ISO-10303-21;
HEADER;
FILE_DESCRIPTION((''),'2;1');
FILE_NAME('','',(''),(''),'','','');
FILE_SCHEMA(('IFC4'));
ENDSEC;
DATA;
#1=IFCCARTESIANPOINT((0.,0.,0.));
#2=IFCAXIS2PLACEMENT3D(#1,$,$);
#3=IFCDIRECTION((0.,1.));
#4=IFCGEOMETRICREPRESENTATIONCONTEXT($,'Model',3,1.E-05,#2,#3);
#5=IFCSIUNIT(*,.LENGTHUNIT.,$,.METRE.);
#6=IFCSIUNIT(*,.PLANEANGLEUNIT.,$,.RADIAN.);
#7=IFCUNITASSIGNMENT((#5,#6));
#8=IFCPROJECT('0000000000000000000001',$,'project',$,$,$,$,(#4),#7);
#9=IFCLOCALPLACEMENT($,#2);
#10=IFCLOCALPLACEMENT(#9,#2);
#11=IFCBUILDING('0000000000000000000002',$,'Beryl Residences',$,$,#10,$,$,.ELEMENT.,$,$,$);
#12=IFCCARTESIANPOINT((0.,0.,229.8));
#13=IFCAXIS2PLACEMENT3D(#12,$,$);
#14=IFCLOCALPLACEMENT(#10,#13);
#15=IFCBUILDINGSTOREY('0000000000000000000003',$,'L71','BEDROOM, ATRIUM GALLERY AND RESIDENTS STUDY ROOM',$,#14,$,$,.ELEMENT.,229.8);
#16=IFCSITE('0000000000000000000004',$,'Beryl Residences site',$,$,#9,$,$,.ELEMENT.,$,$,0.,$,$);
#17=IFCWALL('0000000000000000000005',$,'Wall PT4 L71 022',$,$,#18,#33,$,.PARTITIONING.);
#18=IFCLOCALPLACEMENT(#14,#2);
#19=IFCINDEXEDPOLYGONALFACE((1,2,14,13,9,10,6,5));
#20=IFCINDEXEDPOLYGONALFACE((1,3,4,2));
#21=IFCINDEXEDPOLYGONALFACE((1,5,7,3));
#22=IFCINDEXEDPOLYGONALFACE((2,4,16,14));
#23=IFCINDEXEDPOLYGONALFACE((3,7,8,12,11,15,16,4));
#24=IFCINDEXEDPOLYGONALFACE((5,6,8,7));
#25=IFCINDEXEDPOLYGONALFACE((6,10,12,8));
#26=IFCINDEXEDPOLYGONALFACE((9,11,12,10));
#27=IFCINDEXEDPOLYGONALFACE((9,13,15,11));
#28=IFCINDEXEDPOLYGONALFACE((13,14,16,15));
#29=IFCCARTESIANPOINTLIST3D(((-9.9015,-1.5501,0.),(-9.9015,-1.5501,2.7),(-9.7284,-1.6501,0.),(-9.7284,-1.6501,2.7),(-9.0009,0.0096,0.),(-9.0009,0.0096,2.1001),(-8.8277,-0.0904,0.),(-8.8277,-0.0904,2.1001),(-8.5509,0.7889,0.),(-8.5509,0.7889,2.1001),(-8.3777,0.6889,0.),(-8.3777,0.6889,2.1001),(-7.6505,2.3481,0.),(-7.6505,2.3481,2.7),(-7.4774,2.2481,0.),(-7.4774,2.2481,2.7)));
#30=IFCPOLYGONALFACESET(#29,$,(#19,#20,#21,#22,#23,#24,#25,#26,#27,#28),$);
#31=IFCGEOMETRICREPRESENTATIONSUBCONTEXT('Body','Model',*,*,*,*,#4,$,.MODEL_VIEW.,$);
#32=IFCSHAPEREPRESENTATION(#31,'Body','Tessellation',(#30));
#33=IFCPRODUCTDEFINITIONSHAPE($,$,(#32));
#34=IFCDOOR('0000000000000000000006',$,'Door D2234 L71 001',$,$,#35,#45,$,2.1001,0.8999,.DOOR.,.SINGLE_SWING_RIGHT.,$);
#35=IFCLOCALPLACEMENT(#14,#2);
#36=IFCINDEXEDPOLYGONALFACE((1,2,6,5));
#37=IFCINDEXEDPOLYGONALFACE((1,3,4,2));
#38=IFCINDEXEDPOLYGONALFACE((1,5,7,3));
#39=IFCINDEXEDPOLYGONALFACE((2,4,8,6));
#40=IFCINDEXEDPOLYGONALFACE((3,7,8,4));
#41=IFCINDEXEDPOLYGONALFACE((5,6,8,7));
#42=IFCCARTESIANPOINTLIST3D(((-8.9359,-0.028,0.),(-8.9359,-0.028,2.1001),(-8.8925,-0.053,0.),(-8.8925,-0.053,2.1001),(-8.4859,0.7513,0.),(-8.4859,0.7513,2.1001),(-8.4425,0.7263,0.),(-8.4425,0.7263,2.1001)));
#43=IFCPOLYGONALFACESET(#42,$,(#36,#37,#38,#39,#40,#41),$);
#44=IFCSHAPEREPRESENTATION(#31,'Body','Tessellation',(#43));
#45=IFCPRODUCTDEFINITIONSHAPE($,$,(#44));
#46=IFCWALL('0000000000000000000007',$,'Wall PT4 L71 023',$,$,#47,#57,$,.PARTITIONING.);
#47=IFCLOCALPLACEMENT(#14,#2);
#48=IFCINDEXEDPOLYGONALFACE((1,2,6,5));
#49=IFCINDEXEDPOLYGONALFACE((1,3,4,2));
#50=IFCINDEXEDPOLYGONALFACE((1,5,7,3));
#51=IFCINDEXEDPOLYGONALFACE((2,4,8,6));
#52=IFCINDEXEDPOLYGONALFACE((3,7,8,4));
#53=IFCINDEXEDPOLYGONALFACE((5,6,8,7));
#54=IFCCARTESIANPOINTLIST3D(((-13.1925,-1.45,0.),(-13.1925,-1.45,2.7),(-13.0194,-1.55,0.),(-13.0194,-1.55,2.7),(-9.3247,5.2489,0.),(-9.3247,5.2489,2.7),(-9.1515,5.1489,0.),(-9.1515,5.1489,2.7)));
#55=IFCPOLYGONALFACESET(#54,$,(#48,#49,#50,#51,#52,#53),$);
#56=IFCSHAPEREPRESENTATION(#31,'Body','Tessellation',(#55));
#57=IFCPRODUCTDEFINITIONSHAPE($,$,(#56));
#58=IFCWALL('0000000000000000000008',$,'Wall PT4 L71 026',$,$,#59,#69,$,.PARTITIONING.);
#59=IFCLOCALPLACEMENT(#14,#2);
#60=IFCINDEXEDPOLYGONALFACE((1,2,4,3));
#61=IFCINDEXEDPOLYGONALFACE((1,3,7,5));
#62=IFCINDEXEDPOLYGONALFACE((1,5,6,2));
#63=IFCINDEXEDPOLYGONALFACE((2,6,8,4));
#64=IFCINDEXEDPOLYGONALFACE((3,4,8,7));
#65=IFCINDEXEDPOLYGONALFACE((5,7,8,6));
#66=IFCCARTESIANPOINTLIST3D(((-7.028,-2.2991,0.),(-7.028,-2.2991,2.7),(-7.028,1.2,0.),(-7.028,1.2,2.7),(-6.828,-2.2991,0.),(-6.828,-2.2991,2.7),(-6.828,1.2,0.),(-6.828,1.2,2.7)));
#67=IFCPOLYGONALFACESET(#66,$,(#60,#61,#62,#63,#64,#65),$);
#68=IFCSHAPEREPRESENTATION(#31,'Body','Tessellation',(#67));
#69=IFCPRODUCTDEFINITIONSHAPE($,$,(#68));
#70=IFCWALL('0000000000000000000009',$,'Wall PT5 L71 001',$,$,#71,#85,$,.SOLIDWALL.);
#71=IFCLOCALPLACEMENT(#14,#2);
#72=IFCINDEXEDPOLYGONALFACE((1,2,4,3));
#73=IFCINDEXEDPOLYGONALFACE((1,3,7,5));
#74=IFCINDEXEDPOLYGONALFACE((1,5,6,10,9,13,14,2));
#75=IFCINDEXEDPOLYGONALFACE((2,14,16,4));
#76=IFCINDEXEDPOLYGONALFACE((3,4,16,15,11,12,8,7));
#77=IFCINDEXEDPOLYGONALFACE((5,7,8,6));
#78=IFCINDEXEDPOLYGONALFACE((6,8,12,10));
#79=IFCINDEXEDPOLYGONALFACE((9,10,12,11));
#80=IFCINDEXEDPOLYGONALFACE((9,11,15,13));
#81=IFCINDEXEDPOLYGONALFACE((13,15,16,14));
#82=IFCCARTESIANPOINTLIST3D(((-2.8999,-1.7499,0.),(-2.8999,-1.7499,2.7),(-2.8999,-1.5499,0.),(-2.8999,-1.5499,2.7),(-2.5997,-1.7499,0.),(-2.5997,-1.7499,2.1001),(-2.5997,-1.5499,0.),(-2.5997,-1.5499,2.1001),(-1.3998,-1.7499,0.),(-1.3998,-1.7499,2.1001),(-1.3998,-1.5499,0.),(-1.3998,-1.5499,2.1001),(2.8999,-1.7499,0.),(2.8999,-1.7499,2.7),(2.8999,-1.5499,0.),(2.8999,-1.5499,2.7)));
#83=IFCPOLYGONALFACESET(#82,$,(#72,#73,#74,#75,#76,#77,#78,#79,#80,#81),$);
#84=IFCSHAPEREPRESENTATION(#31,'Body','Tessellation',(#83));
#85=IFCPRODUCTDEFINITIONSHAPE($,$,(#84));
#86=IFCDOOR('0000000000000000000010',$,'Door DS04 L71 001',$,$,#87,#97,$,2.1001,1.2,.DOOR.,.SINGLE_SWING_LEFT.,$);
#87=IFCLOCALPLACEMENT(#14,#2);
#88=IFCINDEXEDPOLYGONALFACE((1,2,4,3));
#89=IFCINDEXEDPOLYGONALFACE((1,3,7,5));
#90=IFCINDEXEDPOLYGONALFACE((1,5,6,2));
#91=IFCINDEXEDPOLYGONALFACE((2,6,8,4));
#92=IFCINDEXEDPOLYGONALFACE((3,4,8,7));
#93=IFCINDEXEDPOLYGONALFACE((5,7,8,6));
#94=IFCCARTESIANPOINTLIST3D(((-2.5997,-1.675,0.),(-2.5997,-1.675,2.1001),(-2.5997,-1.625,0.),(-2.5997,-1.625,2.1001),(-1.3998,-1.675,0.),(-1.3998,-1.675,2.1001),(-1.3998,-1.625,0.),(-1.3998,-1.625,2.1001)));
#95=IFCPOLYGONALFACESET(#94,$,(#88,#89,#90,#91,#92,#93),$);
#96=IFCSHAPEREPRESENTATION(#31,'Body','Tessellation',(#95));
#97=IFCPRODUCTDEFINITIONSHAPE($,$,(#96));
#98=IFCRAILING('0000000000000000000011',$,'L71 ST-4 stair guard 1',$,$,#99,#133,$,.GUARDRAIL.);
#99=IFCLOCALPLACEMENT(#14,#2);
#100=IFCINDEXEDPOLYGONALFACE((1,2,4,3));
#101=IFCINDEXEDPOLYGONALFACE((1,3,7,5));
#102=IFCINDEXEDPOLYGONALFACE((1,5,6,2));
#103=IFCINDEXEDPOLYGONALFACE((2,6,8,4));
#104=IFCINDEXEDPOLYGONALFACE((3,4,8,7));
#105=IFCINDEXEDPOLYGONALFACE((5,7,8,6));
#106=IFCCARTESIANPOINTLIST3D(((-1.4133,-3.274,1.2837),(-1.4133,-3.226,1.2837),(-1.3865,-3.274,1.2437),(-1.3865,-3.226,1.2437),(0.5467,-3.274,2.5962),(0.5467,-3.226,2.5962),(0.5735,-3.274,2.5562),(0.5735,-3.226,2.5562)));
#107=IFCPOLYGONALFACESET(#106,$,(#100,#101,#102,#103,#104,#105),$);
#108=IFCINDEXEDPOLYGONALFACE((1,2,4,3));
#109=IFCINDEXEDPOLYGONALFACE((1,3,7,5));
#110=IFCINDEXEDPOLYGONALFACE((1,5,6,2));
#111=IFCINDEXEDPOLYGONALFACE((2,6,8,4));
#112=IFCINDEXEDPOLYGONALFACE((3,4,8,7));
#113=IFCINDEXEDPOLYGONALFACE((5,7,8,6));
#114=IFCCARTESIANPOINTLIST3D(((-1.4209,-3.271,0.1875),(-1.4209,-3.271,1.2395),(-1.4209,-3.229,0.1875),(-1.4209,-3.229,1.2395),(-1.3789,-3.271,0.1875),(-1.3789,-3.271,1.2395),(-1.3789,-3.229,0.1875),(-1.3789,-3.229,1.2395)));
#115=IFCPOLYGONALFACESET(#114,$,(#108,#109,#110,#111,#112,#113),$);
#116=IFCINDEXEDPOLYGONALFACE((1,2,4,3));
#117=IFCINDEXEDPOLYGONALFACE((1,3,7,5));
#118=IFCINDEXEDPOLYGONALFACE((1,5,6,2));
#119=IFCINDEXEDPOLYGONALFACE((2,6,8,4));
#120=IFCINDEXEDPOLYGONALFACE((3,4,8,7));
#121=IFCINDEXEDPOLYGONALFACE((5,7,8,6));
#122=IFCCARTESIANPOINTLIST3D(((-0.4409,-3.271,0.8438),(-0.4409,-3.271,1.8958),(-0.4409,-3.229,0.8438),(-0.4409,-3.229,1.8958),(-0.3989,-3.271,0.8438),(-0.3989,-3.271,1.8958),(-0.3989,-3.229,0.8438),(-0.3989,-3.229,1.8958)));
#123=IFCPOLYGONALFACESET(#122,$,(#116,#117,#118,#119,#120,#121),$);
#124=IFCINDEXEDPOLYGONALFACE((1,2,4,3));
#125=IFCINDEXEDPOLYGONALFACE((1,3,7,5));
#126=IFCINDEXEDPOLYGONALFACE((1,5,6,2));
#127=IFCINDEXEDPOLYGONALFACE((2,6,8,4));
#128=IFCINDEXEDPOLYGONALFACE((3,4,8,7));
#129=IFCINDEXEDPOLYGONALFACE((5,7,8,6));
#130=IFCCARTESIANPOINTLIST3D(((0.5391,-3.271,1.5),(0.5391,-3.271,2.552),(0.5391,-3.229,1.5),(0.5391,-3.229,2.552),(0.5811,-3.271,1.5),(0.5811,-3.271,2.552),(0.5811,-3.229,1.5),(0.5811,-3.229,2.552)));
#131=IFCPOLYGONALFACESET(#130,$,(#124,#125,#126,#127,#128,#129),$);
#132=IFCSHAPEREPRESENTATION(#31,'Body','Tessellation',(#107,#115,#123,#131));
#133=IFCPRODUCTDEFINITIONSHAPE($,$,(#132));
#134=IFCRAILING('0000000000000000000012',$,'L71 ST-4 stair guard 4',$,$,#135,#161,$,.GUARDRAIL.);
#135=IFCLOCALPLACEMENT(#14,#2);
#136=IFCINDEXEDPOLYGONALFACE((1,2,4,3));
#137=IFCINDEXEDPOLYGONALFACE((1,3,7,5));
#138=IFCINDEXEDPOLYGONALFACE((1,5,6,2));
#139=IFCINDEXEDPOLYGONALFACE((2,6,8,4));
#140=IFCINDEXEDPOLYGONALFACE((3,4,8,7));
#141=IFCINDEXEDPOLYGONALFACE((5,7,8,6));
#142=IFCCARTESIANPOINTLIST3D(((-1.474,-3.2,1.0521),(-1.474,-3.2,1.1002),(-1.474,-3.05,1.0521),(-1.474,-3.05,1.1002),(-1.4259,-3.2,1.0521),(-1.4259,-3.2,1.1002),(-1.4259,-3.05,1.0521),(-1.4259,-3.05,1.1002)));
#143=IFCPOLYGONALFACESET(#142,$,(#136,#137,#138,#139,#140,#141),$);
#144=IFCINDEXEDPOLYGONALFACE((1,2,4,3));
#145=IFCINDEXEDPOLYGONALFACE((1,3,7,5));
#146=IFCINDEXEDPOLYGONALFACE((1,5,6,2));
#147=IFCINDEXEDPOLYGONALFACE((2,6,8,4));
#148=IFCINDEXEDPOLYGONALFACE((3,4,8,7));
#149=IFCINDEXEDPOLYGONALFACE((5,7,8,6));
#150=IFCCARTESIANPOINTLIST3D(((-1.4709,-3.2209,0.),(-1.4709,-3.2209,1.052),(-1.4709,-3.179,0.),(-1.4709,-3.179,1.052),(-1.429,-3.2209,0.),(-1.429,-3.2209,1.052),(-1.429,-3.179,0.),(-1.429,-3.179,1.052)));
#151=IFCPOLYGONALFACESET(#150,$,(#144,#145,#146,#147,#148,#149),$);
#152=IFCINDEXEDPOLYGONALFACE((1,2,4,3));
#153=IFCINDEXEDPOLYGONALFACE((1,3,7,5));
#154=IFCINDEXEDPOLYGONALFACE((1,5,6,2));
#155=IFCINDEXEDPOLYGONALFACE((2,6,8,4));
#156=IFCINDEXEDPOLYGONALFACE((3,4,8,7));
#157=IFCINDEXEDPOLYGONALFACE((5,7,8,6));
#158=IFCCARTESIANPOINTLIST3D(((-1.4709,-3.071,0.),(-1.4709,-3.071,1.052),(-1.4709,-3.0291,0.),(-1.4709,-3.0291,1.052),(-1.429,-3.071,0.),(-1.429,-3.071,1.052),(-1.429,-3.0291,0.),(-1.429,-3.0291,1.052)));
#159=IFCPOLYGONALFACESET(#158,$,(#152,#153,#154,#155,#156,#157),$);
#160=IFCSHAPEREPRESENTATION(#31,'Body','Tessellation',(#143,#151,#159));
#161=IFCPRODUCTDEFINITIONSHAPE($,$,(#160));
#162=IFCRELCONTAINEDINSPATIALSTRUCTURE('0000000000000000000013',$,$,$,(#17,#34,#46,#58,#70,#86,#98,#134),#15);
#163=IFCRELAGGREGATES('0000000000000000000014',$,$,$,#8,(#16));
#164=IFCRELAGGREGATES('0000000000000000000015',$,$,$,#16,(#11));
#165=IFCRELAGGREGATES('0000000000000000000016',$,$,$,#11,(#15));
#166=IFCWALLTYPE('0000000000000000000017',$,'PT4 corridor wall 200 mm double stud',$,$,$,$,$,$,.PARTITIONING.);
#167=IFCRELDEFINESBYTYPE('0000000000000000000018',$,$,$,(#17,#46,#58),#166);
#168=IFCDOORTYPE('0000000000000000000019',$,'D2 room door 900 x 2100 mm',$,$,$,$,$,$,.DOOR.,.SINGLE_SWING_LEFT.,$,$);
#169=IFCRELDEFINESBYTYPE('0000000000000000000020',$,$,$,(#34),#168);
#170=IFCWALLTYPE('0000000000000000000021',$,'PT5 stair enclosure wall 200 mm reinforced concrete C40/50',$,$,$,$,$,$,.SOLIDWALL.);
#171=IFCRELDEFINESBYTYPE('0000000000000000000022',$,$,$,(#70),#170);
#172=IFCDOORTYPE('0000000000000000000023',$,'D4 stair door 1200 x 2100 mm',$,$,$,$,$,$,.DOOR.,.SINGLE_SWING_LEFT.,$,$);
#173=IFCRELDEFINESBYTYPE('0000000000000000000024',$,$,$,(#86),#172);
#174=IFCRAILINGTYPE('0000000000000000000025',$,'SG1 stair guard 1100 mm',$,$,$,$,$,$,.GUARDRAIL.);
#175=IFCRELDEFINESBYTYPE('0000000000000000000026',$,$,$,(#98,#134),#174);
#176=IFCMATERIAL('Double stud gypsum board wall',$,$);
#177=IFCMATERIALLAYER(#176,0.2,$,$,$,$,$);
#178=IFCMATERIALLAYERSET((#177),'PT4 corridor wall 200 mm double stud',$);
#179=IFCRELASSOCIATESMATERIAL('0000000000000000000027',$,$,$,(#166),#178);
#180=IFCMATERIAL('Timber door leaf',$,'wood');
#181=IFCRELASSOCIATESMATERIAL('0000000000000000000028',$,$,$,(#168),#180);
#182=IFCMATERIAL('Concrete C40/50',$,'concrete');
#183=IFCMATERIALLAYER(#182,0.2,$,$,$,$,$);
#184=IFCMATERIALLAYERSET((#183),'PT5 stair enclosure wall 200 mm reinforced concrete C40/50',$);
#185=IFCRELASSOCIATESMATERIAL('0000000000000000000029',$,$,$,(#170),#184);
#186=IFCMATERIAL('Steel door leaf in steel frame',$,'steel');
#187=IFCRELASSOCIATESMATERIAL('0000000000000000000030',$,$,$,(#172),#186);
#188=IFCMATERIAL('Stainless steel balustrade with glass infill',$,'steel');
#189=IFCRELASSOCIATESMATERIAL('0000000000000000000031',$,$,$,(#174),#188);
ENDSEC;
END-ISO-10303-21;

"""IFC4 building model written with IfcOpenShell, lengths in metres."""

from ifc_helpers import new_model, si_unit, direction, frame, frame_2d, origin, origin_2d, place, context, subcontext, project, spatial, rectangle, extrude, material, layer, layer_set, type_object, element, fill, save


model = new_model("IFC4")

# Units and contexts
model_context = context("Model", 3, precision=1e-05, world=origin(), true_north=direction((0.0, 1.0)))
body_context = subcontext(model_context, "Body", "Model", "MODEL_VIEW")
ifc_project = project(units=[si_unit("LENGTHUNIT", "METRE"), si_unit("PLANEANGLEUNIT", "RADIAN")], contexts=[model_context])

# Site, building, storey
site_placement = place(None, origin())
site = spatial("IfcSite", under=ifc_project, at=site_placement, Name="Beryl Residences site", CompositionType="ELEMENT", RefElevation=0.0)
building_placement = place(site_placement, origin())
building = spatial("IfcBuilding", under=site, at=building_placement, Name="Beryl Residences", CompositionType="ELEMENT")
storey_placement = place(building_placement, frame((0.0, 0.0, 229.8)))
storey = spatial("IfcBuildingStorey", under=building, at=storey_placement, Name="L71", Description="BEDROOM, ATRIUM GALLERY AND RESIDENTS STUDY ROOM", CompositionType="ELEMENT", Elevation=229.8)

# Shared definitions
ifc_material_1 = material(Name="Double stud gypsum board wall")
ifc_layer_1 = layer(ifc_material_1, 0.2)
ifc_layer_set_1 = layer_set([ifc_layer_1], Name="PT4 corridor wall 200 mm double stud")
wall_type_1 = type_object("IfcWallType", Name="PT4 corridor wall 200 mm double stud", PredefinedType="PARTITIONING", material=ifc_layer_set_1)

# Wall, opening, door
wall_1_placement = place(storey_placement, frame((-9.8149, -1.6001, 0.0), z_axis=(0.0, 0.0, 1.0), x_axis=(0.500059, 0.865991, 0.0)))
wall_1 = element("IfcWall", 1, at=wall_1_placement, inside=storey, type_object=wall_type_1, Name="Wall PT4 L71 022", PredefinedType="PARTITIONING", context=body_context, shape_type="SweptSolid", body=[
    extrude(rectangle(XDim=4.5015, YDim=0.2, at=frame_2d((2.2507, 0.0))), origin(), (0.0, 0.0, 1.0), 2.7),
])
opening_1_placement = place(wall_1_placement, frame((1.801, 0.0, 0.0)))
opening_1 = element("IfcOpeningElement", 2, at=opening_1_placement, cuts=wall_1, PredefinedType="OPENING", context=body_context, shape_type="SweptSolid", body=[
    extrude(rectangle(XDim=0.8999, YDim=2.1001, at=frame_2d((0.45, 1.05))), frame((0.0, 0.1099, 0.0), z_axis=(0.0, -1.0, 0.0), x_axis=(1.0, 0.0, 0.0)), (0.0, 0.0, 1.0), 0.22),
])
ifc_material_2 = material(Name="Timber door leaf", Category="wood")
door_type_1 = type_object("IfcDoorType", Name="D2 room door 900 x 2100 mm", OperationType="SINGLE_SWING_LEFT", PredefinedType="DOOR", material=ifc_material_2)
door_1_placement = place(opening_1_placement, origin())
door_1 = element("IfcDoor", 3, at=door_1_placement, inside=storey, type_object=door_type_1, Name="Door D2234 L71 001", OperationType="SINGLE_SWING_RIGHT", OverallHeight=2.1001, OverallWidth=0.8999, PredefinedType="DOOR", context=body_context, shape_type="SweptSolid", body=[
    extrude(rectangle(XDim=0.8999, YDim=2.1001, at=frame_2d((0.45, 1.05))), frame((0.0, 0.0249, 0.0), z_axis=(0.0, -1.0, 0.0), x_axis=(1.0, 0.0, 0.0)), (0.0, 0.0, 1.0), 0.05),
])
fill(opening_1, door_1)

# Walls
wall_2_placement = place(storey_placement, frame((-13.106, -1.5, 0.0), z_axis=(0.0, 0.0, 1.0), x_axis=(0.500026, 0.866011, 0.0)))
element("IfcWall", 4, at=wall_2_placement, inside=storey, type_object=wall_type_1, Name="Wall PT4 L71 023", PredefinedType="PARTITIONING", context=body_context, shape_type="SweptSolid", body=[
    extrude(rectangle(XDim=7.7354, YDim=0.2, at=frame_2d((3.8677, 0.0))), origin(), (0.0, 0.0, 1.0), 2.7),
])
wall_3_placement = place(storey_placement, frame((-6.928, -2.2991, 0.0), z_axis=(0.0, 0.0, 1.0), x_axis=(0.0, 1.0, 0.0)))
element("IfcWall", 5, at=wall_3_placement, inside=storey, type_object=wall_type_1, Name="Wall PT4 L71 026", PredefinedType="PARTITIONING", context=body_context, shape_type="SweptSolid", body=[
    extrude(rectangle(XDim=3.499, YDim=0.2, at=frame_2d((1.7495, 0.0))), origin(), (0.0, 0.0, 1.0), 2.7),
])

# Wall, opening, door
ifc_material_3 = material(Name="Concrete C40/50", Category="concrete")
ifc_layer_2 = layer(ifc_material_3, 0.2)
ifc_layer_set_2 = layer_set([ifc_layer_2], Name="PT5 stair enclosure wall 200 mm reinforced concrete C40/50")
wall_type_2 = type_object("IfcWallType", Name="PT5 stair enclosure wall 200 mm reinforced concrete C40/50", PredefinedType="SOLIDWALL", material=ifc_layer_set_2)
wall_4_placement = place(storey_placement, frame((-2.8999, -1.6499, 0.0), z_axis=(0.0, 0.0, 1.0), x_axis=(1.0, 0.0, 0.0)))
wall_4 = element("IfcWall", 6, at=wall_4_placement, inside=storey, type_object=wall_type_2, Name="Wall PT5 L71 001", PredefinedType="SOLIDWALL", context=body_context, shape_type="SweptSolid", body=[
    extrude(rectangle(XDim=5.7998, YDim=0.2, at=frame_2d((2.8999, 0.0))), origin(), (0.0, 0.0, 1.0), 2.7),
])
opening_2_placement = place(wall_4_placement, frame((0.3, 0.0, 0.0)))
opening_2 = element("IfcOpeningElement", 7, at=opening_2_placement, cuts=wall_4, PredefinedType="OPENING", context=body_context, shape_type="SweptSolid", body=[
    extrude(rectangle(XDim=1.2, YDim=2.1001, at=frame_2d((0.6001, 1.05))), frame((0.0, 0.1099, 0.0), z_axis=(0.0, -1.0, 0.0), x_axis=(1.0, 0.0, 0.0)), (0.0, 0.0, 1.0), 0.22),
])
ifc_material_4 = material(Name="Steel door leaf in steel frame", Category="steel")
door_type_2 = type_object("IfcDoorType", Name="D4 stair door 1200 x 2100 mm", OperationType="SINGLE_SWING_LEFT", PredefinedType="DOOR", material=ifc_material_4)
door_2_placement = place(opening_2_placement, origin())
door_2 = element("IfcDoor", 8, at=door_2_placement, inside=storey, type_object=door_type_2, Name="Door DS04 L71 001", OperationType="SINGLE_SWING_LEFT", OverallHeight=2.1001, OverallWidth=1.2, PredefinedType="DOOR", context=body_context, shape_type="SweptSolid", body=[
    extrude(rectangle(XDim=1.2, YDim=2.1001, at=frame_2d((0.6001, 1.05))), frame((0.0, 0.0249, 0.0), z_axis=(0.0, -1.0, 0.0), x_axis=(1.0, 0.0, 0.0)), (0.0, 0.0, 1.0), 0.05),
])
fill(opening_2, door_2)

# Railings
ifc_material_5 = material(Name="Stainless steel balustrade with glass infill", Category="steel")
railing_type_1 = type_object("IfcRailingType", Name="SG1 stair guard 1100 mm", PredefinedType="GUARDRAIL", material=ifc_material_5)
railing_1_placement = place(storey_placement, frame((-1.3999, -3.25, 0.1875)))
element("IfcRailing", 9, at=railing_1_placement, inside=storey, type_object=railing_type_1, Name="L71 ST-4 stair guard 1", PredefinedType="GUARDRAIL", context=body_context, shape_type="SweptSolid", body=[
    extrude(rectangle(XDim=0.0481, YDim=0.0481, at=origin_2d()), frame((0.0, 0.0, 1.0762), z_axis=(0.830902, 0.0, 0.556419), x_axis=(0.0, 1.0, 0.0)), (0.0, 0.0, 1.0), 2.3589),
    extrude(rectangle(XDim=0.042, YDim=0.042, at=origin_2d()), origin(), (0.0, 0.0, 1.0), 1.052),
    extrude(rectangle(XDim=0.042, YDim=0.042, at=origin_2d()), frame((0.98, 0.0, 0.6562)), (0.0, 0.0, 1.0), 1.052),
    extrude(rectangle(XDim=0.042, YDim=0.042, at=origin_2d()), frame((1.96, 0.0, 1.3125)), (0.0, 0.0, 1.0), 1.052),
])
railing_2_placement = place(storey_placement, frame((-1.45, -3.2, 0.0)))
element("IfcRailing", 10, at=railing_2_placement, inside=storey, type_object=railing_type_1, Name="L71 ST-4 stair guard 4", PredefinedType="GUARDRAIL", context=body_context, shape_type="SweptSolid", body=[
    extrude(rectangle(XDim=0.0481, YDim=0.0481, at=origin_2d()), frame((0.0, 0.0, 1.0762), z_axis=(0.0, 1.0, 0.0), x_axis=(-1.0, 0.0, 0.0)), (0.0, 0.0, 1.0), 0.1499),
    extrude(rectangle(XDim=0.042, YDim=0.042, at=origin_2d()), origin(), (0.0, 0.0, 1.0), 1.052),
    extrude(rectangle(XDim=0.042, YDim=0.042, at=origin_2d()), frame((0.0, 0.1499, 0.0)), (0.0, 0.0, 1.0), 1.052),
])

save(model, "model.ifc")
